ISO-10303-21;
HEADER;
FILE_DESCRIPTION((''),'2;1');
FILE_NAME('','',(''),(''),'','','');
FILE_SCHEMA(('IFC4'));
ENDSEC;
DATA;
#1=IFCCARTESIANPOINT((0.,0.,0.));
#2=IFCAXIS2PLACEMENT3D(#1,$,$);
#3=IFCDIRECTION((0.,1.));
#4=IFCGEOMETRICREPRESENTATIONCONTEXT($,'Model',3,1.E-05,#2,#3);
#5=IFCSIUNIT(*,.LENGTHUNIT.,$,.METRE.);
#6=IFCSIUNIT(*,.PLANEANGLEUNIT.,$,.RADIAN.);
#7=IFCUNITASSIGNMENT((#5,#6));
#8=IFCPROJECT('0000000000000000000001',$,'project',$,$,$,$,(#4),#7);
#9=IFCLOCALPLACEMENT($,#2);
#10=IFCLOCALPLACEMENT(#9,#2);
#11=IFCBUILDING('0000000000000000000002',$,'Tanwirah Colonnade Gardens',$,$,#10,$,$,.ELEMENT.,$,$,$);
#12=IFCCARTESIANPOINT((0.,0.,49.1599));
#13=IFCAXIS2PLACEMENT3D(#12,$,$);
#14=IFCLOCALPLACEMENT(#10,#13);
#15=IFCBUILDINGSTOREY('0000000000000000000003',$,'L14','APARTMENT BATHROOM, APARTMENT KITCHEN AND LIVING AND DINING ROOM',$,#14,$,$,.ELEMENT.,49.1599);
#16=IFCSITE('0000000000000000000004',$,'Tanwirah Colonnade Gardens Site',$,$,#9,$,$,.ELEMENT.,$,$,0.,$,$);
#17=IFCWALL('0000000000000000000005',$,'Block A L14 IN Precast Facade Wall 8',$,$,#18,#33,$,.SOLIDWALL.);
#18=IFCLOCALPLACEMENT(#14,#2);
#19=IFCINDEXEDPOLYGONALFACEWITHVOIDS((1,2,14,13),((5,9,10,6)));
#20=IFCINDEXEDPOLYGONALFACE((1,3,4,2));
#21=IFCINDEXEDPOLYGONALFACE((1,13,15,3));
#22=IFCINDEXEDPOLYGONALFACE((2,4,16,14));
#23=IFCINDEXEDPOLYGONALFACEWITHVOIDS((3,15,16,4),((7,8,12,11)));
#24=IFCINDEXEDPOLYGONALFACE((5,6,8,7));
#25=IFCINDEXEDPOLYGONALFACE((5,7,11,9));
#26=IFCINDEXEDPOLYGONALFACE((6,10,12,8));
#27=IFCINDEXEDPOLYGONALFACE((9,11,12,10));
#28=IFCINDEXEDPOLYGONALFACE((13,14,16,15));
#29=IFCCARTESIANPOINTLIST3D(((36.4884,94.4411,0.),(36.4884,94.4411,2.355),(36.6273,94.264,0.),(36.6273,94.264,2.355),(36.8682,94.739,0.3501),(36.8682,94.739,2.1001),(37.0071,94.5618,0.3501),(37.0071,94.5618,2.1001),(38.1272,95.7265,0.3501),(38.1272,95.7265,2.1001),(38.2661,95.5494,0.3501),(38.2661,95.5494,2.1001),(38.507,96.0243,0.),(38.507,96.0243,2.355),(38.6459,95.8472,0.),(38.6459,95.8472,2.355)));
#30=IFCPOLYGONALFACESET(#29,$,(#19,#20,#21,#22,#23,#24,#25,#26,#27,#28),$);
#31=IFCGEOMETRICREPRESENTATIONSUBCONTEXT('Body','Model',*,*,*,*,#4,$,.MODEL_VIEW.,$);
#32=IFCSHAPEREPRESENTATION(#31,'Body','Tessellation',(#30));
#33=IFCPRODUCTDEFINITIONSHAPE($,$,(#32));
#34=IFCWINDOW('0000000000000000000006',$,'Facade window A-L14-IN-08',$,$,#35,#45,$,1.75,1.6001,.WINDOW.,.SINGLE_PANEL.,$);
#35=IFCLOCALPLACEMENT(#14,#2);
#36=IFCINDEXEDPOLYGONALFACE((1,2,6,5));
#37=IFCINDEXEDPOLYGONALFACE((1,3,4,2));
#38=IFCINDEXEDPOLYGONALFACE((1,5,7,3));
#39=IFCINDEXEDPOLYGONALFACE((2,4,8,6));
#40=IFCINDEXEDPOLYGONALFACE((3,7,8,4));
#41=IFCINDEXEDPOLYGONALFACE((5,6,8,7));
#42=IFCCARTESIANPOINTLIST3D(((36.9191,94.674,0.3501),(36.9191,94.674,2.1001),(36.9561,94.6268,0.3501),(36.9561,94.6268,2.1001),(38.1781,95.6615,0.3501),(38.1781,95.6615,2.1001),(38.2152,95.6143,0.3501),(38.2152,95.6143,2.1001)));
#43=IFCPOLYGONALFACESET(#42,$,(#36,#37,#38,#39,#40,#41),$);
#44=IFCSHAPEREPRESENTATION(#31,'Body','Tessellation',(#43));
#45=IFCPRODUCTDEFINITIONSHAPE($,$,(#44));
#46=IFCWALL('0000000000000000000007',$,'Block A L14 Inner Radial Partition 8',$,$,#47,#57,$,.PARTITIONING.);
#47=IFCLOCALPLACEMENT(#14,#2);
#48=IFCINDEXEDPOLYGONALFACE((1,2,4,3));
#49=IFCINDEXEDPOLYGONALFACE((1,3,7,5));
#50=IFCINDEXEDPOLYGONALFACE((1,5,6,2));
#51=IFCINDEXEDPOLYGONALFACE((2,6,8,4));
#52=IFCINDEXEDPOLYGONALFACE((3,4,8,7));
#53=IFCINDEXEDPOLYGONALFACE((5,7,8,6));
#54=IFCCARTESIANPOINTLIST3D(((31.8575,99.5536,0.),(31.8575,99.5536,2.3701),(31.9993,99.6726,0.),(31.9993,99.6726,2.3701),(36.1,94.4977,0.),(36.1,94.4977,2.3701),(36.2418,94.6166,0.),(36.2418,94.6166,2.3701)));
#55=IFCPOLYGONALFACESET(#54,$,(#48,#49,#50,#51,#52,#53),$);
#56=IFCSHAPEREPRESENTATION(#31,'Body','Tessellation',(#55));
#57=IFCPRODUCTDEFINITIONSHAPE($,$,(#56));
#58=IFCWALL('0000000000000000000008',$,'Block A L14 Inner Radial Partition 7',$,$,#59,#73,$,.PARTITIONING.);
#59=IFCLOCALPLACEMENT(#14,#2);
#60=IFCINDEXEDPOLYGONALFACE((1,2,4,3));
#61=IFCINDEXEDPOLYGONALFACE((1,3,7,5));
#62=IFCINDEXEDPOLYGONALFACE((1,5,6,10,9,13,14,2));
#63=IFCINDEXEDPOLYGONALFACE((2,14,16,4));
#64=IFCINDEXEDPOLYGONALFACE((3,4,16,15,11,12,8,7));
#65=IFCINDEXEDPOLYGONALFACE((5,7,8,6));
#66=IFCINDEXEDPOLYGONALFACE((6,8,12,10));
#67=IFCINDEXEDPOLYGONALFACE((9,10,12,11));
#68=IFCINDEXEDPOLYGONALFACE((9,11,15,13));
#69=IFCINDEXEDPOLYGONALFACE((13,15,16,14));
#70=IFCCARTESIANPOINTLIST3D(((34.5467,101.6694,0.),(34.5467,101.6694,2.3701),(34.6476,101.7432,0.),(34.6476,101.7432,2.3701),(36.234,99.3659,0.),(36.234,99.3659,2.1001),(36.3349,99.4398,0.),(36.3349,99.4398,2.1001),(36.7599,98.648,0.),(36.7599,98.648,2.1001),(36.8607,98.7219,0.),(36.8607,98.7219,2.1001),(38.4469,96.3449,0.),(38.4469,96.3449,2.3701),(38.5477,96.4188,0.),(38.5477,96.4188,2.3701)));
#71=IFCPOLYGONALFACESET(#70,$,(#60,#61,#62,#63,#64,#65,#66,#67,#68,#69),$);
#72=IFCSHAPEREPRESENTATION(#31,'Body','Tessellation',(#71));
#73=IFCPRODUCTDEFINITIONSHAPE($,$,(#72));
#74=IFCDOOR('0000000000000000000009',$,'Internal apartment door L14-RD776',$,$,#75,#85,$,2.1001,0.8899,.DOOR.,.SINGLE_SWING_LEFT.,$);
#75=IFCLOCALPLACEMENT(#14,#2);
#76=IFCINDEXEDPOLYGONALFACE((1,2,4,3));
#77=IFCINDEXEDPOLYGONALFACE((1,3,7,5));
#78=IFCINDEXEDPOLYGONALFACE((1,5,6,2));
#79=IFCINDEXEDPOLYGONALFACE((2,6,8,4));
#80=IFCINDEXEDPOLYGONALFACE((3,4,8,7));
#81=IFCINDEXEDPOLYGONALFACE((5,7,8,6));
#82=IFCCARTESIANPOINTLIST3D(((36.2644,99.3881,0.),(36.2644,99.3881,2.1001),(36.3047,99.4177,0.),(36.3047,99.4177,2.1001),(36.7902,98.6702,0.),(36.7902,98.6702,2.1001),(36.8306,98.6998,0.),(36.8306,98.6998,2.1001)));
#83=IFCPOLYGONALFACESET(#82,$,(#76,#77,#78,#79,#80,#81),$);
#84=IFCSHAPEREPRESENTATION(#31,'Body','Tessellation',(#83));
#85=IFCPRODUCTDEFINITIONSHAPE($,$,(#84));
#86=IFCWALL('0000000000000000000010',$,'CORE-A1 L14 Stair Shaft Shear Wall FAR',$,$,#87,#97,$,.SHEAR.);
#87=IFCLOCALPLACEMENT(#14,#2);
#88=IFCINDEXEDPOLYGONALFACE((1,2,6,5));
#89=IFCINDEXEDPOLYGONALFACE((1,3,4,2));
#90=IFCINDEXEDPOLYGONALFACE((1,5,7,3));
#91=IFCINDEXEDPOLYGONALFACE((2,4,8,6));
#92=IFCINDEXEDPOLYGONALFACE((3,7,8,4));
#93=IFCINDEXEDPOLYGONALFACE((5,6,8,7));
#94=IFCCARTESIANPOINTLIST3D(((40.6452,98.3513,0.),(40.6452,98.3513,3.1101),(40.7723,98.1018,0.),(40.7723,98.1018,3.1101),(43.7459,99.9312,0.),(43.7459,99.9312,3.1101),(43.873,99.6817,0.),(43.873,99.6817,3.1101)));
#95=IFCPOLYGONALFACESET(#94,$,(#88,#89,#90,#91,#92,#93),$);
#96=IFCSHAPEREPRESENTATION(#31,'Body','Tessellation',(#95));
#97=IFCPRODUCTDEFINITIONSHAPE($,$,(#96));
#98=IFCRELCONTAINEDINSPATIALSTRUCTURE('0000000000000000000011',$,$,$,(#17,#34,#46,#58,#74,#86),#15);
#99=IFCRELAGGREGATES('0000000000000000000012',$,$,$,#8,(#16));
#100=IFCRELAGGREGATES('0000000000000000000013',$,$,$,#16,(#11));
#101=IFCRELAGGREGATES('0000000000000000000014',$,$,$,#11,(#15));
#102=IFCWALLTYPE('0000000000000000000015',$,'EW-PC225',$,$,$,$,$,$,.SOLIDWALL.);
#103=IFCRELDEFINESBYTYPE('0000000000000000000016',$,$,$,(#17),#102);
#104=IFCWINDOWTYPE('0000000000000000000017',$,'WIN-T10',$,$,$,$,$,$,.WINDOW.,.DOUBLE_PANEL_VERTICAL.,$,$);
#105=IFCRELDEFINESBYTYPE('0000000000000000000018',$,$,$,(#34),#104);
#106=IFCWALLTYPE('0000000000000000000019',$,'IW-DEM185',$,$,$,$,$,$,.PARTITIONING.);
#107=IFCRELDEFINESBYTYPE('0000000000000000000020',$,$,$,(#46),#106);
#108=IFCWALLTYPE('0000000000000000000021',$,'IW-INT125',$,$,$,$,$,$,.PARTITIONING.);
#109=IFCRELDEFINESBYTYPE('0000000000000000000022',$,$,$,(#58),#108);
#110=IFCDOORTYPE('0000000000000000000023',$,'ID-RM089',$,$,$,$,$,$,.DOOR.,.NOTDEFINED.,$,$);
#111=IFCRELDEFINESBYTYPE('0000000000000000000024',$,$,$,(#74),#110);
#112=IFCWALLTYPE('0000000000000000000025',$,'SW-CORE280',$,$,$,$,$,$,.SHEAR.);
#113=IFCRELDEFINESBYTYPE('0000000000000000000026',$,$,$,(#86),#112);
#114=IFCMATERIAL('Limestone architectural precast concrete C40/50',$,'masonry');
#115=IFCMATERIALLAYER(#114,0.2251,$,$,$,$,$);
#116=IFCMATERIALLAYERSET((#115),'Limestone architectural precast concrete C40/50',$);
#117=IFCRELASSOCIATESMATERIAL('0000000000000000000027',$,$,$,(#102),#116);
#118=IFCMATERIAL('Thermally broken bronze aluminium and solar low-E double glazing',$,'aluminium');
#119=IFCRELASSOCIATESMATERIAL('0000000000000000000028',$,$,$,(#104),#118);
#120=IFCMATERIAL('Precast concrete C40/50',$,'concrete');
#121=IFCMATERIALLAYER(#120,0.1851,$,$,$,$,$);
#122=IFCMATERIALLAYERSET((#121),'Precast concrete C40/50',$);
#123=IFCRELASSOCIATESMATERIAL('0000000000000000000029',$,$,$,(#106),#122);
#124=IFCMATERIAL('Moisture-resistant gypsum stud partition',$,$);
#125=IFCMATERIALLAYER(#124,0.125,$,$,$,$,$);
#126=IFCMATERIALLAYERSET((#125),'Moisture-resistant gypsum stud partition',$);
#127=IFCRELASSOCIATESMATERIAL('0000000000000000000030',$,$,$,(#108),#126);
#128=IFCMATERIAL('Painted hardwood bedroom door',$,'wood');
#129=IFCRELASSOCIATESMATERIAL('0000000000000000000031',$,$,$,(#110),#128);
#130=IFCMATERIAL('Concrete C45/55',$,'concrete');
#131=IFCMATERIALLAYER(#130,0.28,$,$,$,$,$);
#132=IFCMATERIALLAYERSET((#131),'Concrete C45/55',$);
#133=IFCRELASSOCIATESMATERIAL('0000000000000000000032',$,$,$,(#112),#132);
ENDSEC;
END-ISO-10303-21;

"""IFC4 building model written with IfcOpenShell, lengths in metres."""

from ifc_helpers import new_model, si_unit, direction, frame, frame_2d, origin, place, context, subcontext, project, spatial, rectangle, extrude, material, layer, layer_set, type_object, element, fill, save


model = new_model("IFC4")

# Units and contexts
model_context = context("Model", 3, precision=1e-05, world=origin(), true_north=direction((0.0, 1.0)))
body_context = subcontext(model_context, "Body", "Model", "MODEL_VIEW")
ifc_project = project(units=[si_unit("LENGTHUNIT", "METRE"), si_unit("PLANEANGLEUNIT", "RADIAN")], contexts=[model_context])

# Site, building, storey
site_placement = place(None, origin())
site = spatial("IfcSite", under=ifc_project, at=site_placement, Name="Tanwirah Colonnade Gardens Site", CompositionType="ELEMENT", RefElevation=0.0)
building_placement = place(site_placement, origin())
building = spatial("IfcBuilding", under=site, at=building_placement, Name="Tanwirah Colonnade Gardens", CompositionType="ELEMENT")
storey_placement = place(building_placement, frame((0.0, 0.0, 49.1599)))
storey = spatial("IfcBuildingStorey", under=building, at=storey_placement, Name="L14", Description="APARTMENT BATHROOM, APARTMENT KITCHEN AND LIVING AND DINING ROOM", CompositionType="ELEMENT", Elevation=49.1599)

# Shared definitions
ifc_material_1 = material(Name="Precast concrete C40/50", Category="concrete")

# Wall, opening, window
ifc_material_2 = material(Name="Limestone architectural precast concrete C40/50", Category="masonry")
ifc_layer_1 = layer(ifc_material_2, 0.2251)
ifc_layer_set_1 = layer_set([ifc_layer_1], Name="Limestone architectural precast concrete C40/50")
wall_type_1 = type_object("IfcWallType", Name="EW-PC225", PredefinedType="SOLIDWALL", material=ifc_layer_set_1)
wall_1_placement = place(storey_placement, frame((38.5764, 95.9358, 0.0), z_axis=(0.0, 0.0, 1.0), x_axis=(-0.78684, -0.617157, 0.0)))
wall_1 = element("IfcWall", 1, at=wall_1_placement, inside=storey, type_object=wall_type_1, Name="Block A L14 IN Precast Facade Wall 8", PredefinedType="SOLIDWALL", context=body_context, shape_type="SweptSolid", body=[
    extrude(rectangle(XDim=2.5654, YDim=0.2251, at=frame_2d((1.2827, 0.0))), origin(), (0.0, 0.0, 1.0), 2.355),
])
opening_1_placement = place(wall_1_placement, frame((0.4827, 0.0, 0.3501)))
opening_1 = element("IfcOpeningElement", 2, at=opening_1_placement, cuts=wall_1, PredefinedType="OPENING", context=body_context, shape_type="SweptSolid", body=[
    extrude(rectangle(XDim=1.6001, YDim=1.75, at=frame_2d((0.8, 0.875))), frame((0.0, 0.1226, 0.0), z_axis=(0.0, -1.0, 0.0), x_axis=(1.0, 0.0, 0.0)), (0.0, 0.0, 1.0), 0.2451),
])
ifc_material_3 = material(Name="Thermally broken bronze aluminium and solar low-E double glazing", Category="aluminium")
window_type = type_object("IfcWindowType", Name="WIN-T10", PartitioningType="DOUBLE_PANEL_VERTICAL", PredefinedType="WINDOW", material=ifc_material_3)
window_placement = place(opening_1_placement, origin())
window = element("IfcWindow", 3, at=window_placement, inside=storey, type_object=window_type, Name="Facade window A-L14-IN-08", OverallHeight=1.75, OverallWidth=1.6001, PartitioningType="SINGLE_PANEL", PredefinedType="WINDOW", context=body_context, shape_type="SweptSolid", body=[
    extrude(rectangle(XDim=1.6001, YDim=1.75, at=frame_2d((0.8, 0.875))), frame((0.0, 0.03, 0.0), z_axis=(0.0, -1.0, 0.0), x_axis=(1.0, 0.0, 0.0)), (0.0, 0.0, 1.0), 0.0601),
])
fill(opening_1, window)

# Wall
ifc_layer_2 = layer(ifc_material_1, 0.1851)
ifc_layer_set_2 = layer_set([ifc_layer_2], Name="Precast concrete C40/50")
wall_type_2 = type_object("IfcWallType", Name="IW-DEM185", PredefinedType="PARTITIONING", material=ifc_layer_set_2)
wall_2_placement = place(storey_placement, frame((36.1709, 94.5571, 0.0), z_axis=(0.0, 0.0, 1.0), x_axis=(-0.642789, 0.766043, 0.0)))
element("IfcWall", 4, at=wall_2_placement, inside=storey, type_object=wall_type_2, Name="Block A L14 Inner Radial Partition 8", PredefinedType="PARTITIONING", context=body_context, shape_type="SweptSolid", body=[
    extrude(rectangle(XDim=6.6001, YDim=0.1851, at=frame_2d((3.3, 0.0))), origin(), (0.0, 0.0, 1.0), 2.3701),
])

# Wall, opening, door
ifc_material_4 = material(Name="Moisture-resistant gypsum stud partition")
ifc_layer_3 = layer(ifc_material_4, 0.125)
ifc_layer_set_3 = layer_set([ifc_layer_3], Name="Moisture-resistant gypsum stud partition")
wall_type_3 = type_object("IfcWallType", Name="IW-INT125", PredefinedType="PARTITIONING", material=ifc_layer_set_3)
wall_3_placement = place(storey_placement, frame((38.4973, 96.3818, 0.0), z_axis=(0.0, 0.0, 1.0), x_axis=(-0.590924, 0.806727, 0.0)))
wall_3 = element("IfcWall", 5, at=wall_3_placement, inside=storey, type_object=wall_type_3, Name="Block A L14 Inner Radial Partition 7", PredefinedType="PARTITIONING", context=body_context, shape_type="SweptSolid", body=[
    extrude(rectangle(XDim=6.6001, YDim=0.125, at=frame_2d((3.3, 0.0))), origin(), (0.0, 0.0, 1.0), 2.3701),
])
opening_2_placement = place(wall_3_placement, frame((2.855, 0.0, 0.0)))
opening_2 = element("IfcOpeningElement", 6, at=opening_2_placement, cuts=wall_3, PredefinedType="OPENING", context=body_context, shape_type="SweptSolid", body=[
    extrude(rectangle(XDim=0.8899, YDim=2.1001, at=frame_2d((0.4448, 1.05))), frame((0.0, 0.0725, 0.0), z_axis=(0.0, -1.0, 0.0), x_axis=(1.0, 0.0, 0.0)), (0.0, 0.0, 1.0), 0.145),
])
ifc_material_5 = material(Name="Painted hardwood bedroom door", Category="wood")
door_type = type_object("IfcDoorType", Name="ID-RM089", OperationType="NOTDEFINED", PredefinedType="DOOR", material=ifc_material_5)
door_placement = place(opening_2_placement, origin())
door = element("IfcDoor", 7, at=door_placement, inside=storey, type_object=door_type, Name="Internal apartment door L14-RD776", OperationType="SINGLE_SWING_LEFT", OverallHeight=2.1001, OverallWidth=0.8899, PredefinedType="DOOR", context=body_context, shape_type="SweptSolid", body=[
    extrude(rectangle(XDim=0.8899, YDim=2.1001, at=frame_2d((0.4448, 1.05))), frame((0.0, 0.0249, 0.0), z_axis=(0.0, -1.0, 0.0), x_axis=(1.0, 0.0, 0.0)), (0.0, 0.0, 1.0), 0.05),
])
fill(opening_2, door)

# Wall
ifc_material_6 = material(Name="Concrete C45/55", Category="concrete")
ifc_layer_4 = layer(ifc_material_6, 0.28)
ifc_layer_set_4 = layer_set([ifc_layer_4], Name="Concrete C45/55")
wall_type_4 = type_object("IfcWallType", Name="SW-CORE280", PredefinedType="SHEAR", material=ifc_layer_set_4)
wall_4_placement = place(storey_placement, frame((40.7087, 98.2266, 0.0), z_axis=(0.0, 0.0, 1.0), x_axis=(0.891006, 0.453992, 0.0)))
element("IfcWall", 8, at=wall_4_placement, inside=storey, type_object=wall_type_4, Name="CORE-A1 L14 Stair Shaft Shear Wall FAR", PredefinedType="SHEAR", context=body_context, shape_type="SweptSolid", body=[
    extrude(rectangle(XDim=3.48, YDim=0.28, at=frame_2d((1.74, 0.0))), origin(), (0.0, 0.0, 1.0), 3.1101),
])

save(model, "model.ifc")
